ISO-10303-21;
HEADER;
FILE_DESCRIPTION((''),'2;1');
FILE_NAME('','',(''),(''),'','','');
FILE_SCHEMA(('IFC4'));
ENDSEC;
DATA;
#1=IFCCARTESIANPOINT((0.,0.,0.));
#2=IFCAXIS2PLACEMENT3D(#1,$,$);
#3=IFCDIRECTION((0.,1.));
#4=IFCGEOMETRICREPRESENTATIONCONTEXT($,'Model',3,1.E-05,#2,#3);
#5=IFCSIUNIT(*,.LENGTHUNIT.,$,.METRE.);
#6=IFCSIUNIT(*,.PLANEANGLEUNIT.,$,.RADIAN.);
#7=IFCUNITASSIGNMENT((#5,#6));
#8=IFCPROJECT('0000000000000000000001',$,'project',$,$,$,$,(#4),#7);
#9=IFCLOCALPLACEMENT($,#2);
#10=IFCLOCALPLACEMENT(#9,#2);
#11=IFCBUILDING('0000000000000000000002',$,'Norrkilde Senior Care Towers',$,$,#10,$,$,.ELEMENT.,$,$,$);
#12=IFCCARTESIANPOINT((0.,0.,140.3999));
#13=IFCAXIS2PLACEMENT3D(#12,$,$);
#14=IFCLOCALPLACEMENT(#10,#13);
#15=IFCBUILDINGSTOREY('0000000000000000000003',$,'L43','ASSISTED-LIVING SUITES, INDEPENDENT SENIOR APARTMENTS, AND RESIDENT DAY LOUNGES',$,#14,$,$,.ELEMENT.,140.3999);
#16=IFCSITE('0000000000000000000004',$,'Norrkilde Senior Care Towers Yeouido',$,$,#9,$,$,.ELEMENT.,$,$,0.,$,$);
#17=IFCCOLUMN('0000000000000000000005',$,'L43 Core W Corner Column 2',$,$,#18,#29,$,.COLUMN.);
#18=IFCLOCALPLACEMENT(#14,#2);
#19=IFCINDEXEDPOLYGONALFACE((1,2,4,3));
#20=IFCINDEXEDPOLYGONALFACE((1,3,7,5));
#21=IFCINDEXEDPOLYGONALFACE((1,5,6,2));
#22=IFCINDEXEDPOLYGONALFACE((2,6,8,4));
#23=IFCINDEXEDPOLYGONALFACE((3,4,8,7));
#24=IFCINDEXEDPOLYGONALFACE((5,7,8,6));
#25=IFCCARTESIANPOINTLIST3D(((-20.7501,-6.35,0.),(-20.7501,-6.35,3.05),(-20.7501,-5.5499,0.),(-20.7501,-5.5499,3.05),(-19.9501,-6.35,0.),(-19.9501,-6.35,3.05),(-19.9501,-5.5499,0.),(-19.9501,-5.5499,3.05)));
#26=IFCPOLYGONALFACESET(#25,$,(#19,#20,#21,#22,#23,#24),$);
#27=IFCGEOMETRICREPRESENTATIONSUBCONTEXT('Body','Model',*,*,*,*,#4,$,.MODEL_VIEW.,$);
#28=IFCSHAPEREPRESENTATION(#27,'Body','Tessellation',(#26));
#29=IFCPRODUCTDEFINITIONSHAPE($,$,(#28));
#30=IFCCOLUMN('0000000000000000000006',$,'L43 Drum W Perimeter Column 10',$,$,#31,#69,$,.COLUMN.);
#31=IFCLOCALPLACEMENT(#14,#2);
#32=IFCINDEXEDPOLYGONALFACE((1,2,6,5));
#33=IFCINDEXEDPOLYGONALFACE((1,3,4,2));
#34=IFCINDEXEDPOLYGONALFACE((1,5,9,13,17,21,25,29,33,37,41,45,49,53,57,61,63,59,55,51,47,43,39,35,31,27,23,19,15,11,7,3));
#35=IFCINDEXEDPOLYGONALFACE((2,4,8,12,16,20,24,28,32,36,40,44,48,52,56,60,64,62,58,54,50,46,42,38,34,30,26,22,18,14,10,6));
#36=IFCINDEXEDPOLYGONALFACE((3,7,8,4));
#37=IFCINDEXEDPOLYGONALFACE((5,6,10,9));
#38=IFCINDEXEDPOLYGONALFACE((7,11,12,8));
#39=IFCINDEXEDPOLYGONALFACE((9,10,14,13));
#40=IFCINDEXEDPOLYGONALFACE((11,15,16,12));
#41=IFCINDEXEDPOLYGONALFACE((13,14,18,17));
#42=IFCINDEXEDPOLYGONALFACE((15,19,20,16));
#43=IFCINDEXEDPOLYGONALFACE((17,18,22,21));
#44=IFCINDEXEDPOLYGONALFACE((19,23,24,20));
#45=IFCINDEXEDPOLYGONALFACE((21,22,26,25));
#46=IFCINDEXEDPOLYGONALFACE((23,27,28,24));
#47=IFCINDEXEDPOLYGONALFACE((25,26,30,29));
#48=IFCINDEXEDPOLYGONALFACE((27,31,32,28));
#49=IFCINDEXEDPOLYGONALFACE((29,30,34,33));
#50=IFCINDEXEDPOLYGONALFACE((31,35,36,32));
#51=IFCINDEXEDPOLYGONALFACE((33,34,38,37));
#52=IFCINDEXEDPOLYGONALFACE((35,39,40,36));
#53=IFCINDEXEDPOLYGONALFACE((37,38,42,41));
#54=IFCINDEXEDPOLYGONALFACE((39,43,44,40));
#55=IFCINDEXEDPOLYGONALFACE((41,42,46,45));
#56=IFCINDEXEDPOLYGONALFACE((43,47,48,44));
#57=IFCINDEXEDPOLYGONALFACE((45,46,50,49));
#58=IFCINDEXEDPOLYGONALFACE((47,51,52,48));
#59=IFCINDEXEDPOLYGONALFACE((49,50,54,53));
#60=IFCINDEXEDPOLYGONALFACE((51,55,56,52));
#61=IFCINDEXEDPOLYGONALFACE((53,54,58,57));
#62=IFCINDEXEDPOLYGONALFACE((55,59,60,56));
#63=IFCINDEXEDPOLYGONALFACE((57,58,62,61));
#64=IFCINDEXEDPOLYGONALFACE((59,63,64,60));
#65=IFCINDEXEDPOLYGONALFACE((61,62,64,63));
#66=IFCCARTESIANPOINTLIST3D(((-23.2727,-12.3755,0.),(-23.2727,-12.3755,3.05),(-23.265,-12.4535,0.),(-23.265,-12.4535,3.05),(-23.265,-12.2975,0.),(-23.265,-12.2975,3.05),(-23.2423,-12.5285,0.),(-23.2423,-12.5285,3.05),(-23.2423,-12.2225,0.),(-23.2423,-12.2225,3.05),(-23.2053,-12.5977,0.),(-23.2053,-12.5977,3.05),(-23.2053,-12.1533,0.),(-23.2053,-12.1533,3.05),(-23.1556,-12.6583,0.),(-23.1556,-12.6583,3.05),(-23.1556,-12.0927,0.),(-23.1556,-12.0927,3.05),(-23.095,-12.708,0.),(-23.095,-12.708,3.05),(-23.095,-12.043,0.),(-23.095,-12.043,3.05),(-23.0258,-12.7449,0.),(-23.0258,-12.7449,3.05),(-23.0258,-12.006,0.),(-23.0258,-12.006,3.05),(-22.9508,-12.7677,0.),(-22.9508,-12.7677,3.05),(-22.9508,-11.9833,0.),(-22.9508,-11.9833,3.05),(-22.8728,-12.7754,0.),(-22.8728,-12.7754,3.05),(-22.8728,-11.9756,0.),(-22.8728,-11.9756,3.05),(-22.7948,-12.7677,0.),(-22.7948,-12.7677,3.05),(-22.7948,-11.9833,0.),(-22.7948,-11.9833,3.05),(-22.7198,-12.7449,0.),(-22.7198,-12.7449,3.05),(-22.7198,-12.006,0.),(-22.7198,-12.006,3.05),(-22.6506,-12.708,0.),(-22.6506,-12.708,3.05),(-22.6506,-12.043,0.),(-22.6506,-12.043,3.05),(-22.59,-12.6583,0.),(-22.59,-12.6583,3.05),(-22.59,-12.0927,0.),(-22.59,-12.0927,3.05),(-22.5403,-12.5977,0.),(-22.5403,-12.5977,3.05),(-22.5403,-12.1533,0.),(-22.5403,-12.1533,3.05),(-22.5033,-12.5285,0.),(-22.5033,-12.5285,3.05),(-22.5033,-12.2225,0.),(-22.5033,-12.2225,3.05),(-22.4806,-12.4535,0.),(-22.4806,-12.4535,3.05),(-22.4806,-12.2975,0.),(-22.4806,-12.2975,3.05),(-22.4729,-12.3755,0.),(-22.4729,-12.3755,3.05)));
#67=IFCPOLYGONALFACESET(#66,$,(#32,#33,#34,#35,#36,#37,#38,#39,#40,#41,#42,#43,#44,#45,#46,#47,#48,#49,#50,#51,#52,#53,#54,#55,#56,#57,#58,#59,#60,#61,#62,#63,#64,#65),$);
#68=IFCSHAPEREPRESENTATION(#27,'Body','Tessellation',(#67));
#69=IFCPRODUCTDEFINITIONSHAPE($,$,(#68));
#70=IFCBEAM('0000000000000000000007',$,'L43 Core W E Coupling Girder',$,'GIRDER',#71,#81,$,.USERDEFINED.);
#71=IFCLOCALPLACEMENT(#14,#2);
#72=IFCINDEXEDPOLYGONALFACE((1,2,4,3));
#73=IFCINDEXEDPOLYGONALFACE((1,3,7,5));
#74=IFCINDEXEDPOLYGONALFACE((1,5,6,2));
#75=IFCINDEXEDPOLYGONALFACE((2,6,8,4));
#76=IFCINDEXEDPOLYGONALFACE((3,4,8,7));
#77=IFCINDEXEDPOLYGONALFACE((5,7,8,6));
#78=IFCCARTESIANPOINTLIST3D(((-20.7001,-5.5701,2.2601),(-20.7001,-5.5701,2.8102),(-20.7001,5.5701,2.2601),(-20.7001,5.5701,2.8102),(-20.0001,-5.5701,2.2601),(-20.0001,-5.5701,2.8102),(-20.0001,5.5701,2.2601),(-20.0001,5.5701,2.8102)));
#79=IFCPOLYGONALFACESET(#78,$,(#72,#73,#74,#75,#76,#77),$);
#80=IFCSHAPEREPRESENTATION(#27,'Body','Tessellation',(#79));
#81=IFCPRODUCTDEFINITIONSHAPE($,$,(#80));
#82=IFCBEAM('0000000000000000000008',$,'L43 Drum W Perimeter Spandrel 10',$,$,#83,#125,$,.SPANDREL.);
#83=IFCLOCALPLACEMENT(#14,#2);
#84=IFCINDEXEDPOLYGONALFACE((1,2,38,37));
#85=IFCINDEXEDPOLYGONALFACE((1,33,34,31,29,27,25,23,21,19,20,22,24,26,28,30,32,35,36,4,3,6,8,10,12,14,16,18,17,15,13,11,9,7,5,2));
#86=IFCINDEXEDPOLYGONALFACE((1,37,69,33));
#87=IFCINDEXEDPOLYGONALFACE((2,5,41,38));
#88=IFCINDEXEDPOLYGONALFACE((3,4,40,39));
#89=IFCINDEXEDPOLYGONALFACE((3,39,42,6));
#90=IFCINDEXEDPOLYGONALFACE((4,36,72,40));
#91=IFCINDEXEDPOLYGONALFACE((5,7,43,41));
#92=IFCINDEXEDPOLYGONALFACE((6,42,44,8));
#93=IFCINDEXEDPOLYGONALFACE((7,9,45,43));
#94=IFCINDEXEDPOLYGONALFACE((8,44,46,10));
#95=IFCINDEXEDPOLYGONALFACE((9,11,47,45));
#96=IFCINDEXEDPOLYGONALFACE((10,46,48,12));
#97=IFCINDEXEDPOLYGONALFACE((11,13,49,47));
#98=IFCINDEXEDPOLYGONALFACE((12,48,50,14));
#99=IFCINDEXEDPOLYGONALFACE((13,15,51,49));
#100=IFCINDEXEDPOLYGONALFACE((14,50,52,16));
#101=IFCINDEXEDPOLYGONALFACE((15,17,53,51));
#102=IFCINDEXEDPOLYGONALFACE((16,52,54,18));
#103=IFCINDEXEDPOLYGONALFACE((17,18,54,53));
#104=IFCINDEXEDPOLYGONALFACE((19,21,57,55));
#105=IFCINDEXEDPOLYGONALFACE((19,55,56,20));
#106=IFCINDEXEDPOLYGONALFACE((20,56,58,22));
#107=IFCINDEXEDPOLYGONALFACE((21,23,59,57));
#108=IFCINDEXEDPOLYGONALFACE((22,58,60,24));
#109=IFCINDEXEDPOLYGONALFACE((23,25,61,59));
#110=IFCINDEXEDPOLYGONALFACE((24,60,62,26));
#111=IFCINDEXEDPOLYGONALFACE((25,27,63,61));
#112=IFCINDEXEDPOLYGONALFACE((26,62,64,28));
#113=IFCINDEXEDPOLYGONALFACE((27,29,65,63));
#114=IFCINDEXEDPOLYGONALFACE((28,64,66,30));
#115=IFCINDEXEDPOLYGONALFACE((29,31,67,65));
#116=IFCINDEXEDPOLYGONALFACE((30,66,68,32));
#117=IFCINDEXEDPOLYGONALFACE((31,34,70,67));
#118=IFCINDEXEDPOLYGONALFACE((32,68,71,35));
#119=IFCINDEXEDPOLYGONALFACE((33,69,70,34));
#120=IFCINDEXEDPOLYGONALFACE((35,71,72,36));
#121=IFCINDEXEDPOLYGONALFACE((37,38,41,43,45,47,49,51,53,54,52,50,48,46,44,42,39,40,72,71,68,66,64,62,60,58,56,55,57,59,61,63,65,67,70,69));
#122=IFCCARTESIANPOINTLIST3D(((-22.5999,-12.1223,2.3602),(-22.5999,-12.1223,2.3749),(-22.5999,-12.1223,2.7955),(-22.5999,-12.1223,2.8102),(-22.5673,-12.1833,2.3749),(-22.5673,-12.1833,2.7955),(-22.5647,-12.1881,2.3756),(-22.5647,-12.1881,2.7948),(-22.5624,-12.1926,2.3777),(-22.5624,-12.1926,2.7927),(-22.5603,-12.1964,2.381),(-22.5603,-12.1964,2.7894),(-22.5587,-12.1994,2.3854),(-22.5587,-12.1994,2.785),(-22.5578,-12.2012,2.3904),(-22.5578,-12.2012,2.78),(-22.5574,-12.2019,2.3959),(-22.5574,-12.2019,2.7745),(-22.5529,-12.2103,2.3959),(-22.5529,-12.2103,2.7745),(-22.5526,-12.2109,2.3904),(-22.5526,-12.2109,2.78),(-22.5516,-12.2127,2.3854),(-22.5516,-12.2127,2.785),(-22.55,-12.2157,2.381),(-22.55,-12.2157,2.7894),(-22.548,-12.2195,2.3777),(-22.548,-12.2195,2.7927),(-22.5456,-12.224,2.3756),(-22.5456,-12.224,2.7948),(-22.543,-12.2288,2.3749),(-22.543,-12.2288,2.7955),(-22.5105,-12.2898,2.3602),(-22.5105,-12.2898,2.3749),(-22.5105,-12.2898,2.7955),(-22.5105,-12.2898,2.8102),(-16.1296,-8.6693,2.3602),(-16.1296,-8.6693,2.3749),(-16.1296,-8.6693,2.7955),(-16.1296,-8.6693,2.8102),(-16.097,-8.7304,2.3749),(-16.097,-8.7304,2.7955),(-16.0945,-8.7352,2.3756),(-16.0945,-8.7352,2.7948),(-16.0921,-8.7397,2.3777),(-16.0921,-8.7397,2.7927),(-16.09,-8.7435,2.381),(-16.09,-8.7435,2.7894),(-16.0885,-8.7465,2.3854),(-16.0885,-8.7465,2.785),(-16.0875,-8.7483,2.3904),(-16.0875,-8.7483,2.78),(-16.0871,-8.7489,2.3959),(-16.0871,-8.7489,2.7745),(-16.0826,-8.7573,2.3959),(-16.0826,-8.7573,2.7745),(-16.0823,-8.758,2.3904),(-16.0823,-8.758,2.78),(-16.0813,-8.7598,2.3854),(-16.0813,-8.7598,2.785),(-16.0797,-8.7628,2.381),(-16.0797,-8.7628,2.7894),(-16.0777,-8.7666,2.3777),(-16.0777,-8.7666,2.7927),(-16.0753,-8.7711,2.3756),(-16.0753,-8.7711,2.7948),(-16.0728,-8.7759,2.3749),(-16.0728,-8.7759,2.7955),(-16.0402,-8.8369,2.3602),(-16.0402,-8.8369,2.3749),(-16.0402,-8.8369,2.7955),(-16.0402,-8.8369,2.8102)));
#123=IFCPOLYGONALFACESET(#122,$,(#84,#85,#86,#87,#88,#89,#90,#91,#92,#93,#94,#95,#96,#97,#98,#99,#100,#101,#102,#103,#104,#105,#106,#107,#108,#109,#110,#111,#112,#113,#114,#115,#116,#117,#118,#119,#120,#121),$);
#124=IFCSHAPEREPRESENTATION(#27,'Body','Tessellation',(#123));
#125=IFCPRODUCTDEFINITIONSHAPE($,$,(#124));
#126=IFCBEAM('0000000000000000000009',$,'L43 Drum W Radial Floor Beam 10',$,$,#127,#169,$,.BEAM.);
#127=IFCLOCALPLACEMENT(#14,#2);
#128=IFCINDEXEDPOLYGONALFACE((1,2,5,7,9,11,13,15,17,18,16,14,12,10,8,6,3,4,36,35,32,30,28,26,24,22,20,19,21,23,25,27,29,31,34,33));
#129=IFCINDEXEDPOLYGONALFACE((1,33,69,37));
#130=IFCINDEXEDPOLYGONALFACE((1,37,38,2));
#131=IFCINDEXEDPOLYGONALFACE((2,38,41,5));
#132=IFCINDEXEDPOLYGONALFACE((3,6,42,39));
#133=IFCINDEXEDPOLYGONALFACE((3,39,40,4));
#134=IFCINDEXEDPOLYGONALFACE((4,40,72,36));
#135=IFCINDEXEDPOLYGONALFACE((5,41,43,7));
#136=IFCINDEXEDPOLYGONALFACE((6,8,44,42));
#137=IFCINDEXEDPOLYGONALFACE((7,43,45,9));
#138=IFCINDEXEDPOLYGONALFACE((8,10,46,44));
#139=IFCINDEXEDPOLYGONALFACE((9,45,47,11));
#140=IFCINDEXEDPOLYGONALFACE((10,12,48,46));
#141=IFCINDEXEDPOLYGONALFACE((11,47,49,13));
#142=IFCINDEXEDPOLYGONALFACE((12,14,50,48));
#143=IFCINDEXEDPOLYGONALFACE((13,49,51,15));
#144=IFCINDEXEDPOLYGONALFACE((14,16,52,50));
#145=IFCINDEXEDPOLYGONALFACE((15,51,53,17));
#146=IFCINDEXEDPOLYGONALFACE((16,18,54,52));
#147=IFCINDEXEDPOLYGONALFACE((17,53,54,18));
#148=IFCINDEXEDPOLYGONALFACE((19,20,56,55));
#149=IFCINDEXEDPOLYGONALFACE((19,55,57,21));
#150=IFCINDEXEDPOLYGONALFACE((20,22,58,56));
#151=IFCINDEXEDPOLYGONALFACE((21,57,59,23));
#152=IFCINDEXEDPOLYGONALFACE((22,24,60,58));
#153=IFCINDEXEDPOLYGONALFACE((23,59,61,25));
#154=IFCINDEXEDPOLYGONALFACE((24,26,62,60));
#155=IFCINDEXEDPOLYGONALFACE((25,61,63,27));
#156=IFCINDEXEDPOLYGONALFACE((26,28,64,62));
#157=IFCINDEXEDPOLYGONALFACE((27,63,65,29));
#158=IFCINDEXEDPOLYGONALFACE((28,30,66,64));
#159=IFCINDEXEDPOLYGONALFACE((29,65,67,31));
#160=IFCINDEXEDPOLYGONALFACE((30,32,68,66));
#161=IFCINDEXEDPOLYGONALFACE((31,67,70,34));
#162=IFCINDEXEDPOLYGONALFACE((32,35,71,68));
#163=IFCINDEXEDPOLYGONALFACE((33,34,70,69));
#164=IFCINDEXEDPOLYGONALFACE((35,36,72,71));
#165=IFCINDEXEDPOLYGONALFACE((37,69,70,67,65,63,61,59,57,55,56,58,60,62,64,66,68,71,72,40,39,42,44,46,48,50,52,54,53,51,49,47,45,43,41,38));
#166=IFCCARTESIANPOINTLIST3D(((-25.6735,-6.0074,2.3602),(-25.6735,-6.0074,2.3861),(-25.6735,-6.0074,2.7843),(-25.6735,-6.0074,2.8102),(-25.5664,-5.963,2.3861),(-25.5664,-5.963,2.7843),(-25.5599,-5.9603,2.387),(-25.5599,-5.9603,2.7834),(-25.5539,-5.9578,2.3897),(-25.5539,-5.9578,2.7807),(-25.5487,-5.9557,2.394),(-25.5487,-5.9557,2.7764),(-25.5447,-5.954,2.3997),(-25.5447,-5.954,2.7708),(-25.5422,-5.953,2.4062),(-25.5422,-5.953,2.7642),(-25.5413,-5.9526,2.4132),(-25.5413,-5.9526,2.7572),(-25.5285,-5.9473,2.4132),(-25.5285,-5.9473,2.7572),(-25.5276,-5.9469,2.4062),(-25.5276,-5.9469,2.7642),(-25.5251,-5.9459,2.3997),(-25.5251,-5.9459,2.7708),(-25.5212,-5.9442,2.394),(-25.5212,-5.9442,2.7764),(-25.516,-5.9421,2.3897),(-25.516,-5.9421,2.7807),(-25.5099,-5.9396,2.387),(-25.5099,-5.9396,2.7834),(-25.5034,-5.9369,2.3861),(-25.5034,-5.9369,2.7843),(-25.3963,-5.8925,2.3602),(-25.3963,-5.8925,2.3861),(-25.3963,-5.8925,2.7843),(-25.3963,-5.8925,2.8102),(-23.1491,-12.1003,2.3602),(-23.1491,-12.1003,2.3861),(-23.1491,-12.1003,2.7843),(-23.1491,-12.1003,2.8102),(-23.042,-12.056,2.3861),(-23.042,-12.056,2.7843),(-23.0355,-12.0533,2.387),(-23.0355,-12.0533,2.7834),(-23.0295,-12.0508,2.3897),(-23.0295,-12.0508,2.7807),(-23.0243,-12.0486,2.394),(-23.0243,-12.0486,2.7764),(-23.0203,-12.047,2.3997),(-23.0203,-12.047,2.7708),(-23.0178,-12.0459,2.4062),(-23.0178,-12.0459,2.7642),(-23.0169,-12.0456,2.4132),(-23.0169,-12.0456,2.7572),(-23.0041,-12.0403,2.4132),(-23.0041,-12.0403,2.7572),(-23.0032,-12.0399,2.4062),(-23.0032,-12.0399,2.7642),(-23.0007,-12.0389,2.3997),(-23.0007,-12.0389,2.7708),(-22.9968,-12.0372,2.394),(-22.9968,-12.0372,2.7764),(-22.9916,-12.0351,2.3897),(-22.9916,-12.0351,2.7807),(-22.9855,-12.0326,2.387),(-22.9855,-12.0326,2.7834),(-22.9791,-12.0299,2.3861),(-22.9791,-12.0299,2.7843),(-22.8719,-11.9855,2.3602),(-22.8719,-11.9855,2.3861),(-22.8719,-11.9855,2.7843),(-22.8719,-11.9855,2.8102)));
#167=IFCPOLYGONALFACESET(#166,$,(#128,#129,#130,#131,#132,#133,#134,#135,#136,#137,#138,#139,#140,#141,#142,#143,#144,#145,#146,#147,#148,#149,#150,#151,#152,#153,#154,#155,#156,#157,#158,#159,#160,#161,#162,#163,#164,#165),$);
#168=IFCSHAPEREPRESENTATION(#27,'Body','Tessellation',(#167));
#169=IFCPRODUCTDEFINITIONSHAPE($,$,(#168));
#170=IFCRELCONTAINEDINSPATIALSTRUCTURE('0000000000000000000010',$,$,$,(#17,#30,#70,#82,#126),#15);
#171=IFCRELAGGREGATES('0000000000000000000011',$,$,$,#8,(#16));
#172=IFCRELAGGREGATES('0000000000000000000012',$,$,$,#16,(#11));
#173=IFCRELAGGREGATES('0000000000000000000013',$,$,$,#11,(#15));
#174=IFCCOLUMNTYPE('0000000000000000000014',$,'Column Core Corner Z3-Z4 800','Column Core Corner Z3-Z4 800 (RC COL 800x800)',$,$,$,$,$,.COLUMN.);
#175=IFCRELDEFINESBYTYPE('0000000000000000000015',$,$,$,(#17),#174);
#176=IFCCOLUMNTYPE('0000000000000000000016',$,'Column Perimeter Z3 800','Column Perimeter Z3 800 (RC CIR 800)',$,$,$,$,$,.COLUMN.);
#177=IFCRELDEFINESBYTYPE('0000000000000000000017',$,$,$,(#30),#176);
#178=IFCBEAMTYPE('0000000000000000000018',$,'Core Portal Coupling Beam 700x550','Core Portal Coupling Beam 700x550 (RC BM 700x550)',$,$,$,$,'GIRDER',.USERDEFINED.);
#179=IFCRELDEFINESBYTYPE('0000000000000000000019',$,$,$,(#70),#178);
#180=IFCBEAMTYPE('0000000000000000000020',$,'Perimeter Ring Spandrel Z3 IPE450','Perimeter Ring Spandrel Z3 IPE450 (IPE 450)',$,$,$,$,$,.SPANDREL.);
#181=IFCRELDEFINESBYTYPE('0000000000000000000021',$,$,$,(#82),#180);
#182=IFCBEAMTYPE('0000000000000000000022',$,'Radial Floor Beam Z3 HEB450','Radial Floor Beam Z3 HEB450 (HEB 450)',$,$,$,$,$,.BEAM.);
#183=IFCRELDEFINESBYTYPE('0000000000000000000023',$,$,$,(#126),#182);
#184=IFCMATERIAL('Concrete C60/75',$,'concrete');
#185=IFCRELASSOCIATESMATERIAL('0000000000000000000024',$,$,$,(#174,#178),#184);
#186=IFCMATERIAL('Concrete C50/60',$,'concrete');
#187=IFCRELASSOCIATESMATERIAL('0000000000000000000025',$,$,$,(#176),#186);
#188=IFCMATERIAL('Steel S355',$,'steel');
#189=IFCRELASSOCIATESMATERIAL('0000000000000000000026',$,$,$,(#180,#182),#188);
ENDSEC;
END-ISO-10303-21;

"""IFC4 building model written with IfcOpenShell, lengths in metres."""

from ifc_helpers import new_model, si_unit, direction, frame, origin, origin_2d, place, context, subcontext, project, spatial, rectangle, circle, i_section, extrude, source, transform, mapped, material, material_profile, profile_set, type_object, type_shapes, element, save


model = new_model("IFC4")

# Units and contexts
model_context = context("Model", 3, precision=1e-05, world=origin(), true_north=direction((0.0, 1.0)))
body_context = subcontext(model_context, "Body", "Model", "MODEL_VIEW")
ifc_project = project(units=[si_unit("LENGTHUNIT", "METRE"), si_unit("PLANEANGLEUNIT", "RADIAN")], contexts=[model_context])

# Site, building, storey
site_placement = place(None, origin())
site = spatial("IfcSite", under=ifc_project, at=site_placement, Name="Norrkilde Senior Care Towers Yeouido", CompositionType="ELEMENT", RefElevation=0.0)
building_placement = place(site_placement, origin())
building = spatial("IfcBuilding", under=site, at=building_placement, Name="Norrkilde Senior Care Towers", CompositionType="ELEMENT")
storey_placement = place(building_placement, frame((0.0, 0.0, 140.3999)))
storey = spatial("IfcBuildingStorey", under=building, at=storey_placement, Name="L43", Description="ASSISTED-LIVING SUITES, INDEPENDENT SENIOR APARTMENTS, AND RESIDENT DAY LOUNGES", CompositionType="ELEMENT", Elevation=140.3999)

# Columns
ifc_material_1 = material(Name="Concrete C60/75", Category="concrete")
ifc_material_profile_1 = material_profile(ifc_material_1, rectangle(XDim=0.8, YDim=0.8, at=origin_2d()), Name="RC COL 800x800")
ifc_profile_set_1 = profile_set([ifc_material_profile_1], Name="Concrete C60/75")
column_type_1 = type_object("IfcColumnType", Name="Column Core Corner Z3-Z4 800", Description="Column Core Corner Z3-Z4 800 (RC COL 800x800)", PredefinedType="COLUMN", material=ifc_profile_set_1)
shared_shape_1 = source(origin(), body_context, "Body", "SweptSolid", [
    extrude(rectangle(XDim=0.8, YDim=0.8, at=origin_2d()), origin(), (0.0, 0.0, 1.0), 3.05),
])
type_shapes(column_type_1, [shared_shape_1])
column_1_placement = place(storey_placement, frame((-20.3501, -5.95, 0.0), z_axis=(0.0, 0.0, 1.0), x_axis=(1.0, 0.0, 0.0)))
element("IfcColumn", 1, at=column_1_placement, inside=storey, type_object=column_type_1, Name="L43 Core W Corner Column 2", PredefinedType="COLUMN", context=body_context, shape_type="MappedRepresentation", body=[
    mapped(shared_shape_1, transform((0.0, 0.0, 0.0), x_axis=(1.0, 0.0, 0.0), y_axis=(0.0, 1.0, 0.0), z_axis=(0.0, 0.0, 1.0), scale=1.0)),
])
ifc_material_2 = material(Name="Concrete C50/60", Category="concrete")
ifc_material_profile_2 = material_profile(ifc_material_2, circle(Radius=0.3999, at=origin_2d()), Name="RC CIR 800")
ifc_profile_set_2 = profile_set([ifc_material_profile_2], Name="Concrete C50/60")
column_type_2 = type_object("IfcColumnType", Name="Column Perimeter Z3 800", Description="Column Perimeter Z3 800 (RC CIR 800)", PredefinedType="COLUMN", material=ifc_profile_set_2)
shared_shape_2 = source(origin(), body_context, "Body", "SweptSolid", [
    extrude(circle(Radius=0.3999, at=origin_2d()), origin(), (0.0, 0.0, 1.0), 3.05),
])
type_shapes(column_type_2, [shared_shape_2])
column_2_placement = place(storey_placement, frame((-22.8728, -12.3755, 0.0), z_axis=(0.0, 0.0, 1.0), x_axis=(1.0, 0.0, 0.0)))
element("IfcColumn", 2, at=column_2_placement, inside=storey, type_object=column_type_2, Name="L43 Drum W Perimeter Column 10", PredefinedType="COLUMN", context=body_context, shape_type="MappedRepresentation", body=[
    mapped(shared_shape_2, transform((0.0, 0.0, 0.0), x_axis=(1.0, 0.0, 0.0), y_axis=(0.0, 1.0, 0.0), z_axis=(0.0, 0.0, 1.0), scale=1.0)),
])

# Beams
ifc_material_profile_3 = material_profile(ifc_material_1, rectangle(XDim=0.7, YDim=0.55, at=origin_2d()), Name="RC BM 700x550")
ifc_profile_set_3 = profile_set([ifc_material_profile_3], Name="Concrete C60/75")
beam_type_1 = type_object("IfcBeamType", Name="Core Portal Coupling Beam 700x550", Description="Core Portal Coupling Beam 700x550 (RC BM 700x550)", ElementType="GIRDER", PredefinedType="USERDEFINED", material=ifc_profile_set_3)
shared_shape_3 = source(origin(), body_context, "Body", "SweptSolid", [
    extrude(rectangle(XDim=0.7, YDim=0.55, at=origin_2d()), origin(), (0.0, 0.0, 1.0), 11.1401),
])
type_shapes(beam_type_1, [shared_shape_3])
beam_1_placement = place(storey_placement, frame((-20.3501, -5.5701, 2.5352), z_axis=(0.0, 1.0, 0.0), x_axis=(-1.0, 0.0, 0.0)))
element("IfcBeam", 3, at=beam_1_placement, inside=storey, type_object=beam_type_1, Name="L43 Core W E Coupling Girder", ObjectType="GIRDER", PredefinedType="USERDEFINED", context=body_context, shape_type="MappedRepresentation", body=[
    mapped(shared_shape_3, transform((0.0, 0.0, 0.0), x_axis=(1.0, 0.0, 0.0), y_axis=(0.0, 1.0, 0.0), z_axis=(0.0, 0.0, 1.0), scale=1.0)),
])
ifc_material_3 = material(Name="Steel S355", Category="steel")
ifc_material_profile_4 = material_profile(ifc_material_3, i_section(OverallWidth=0.1899, OverallDepth=0.45, WebThickness=0.0095, FlangeThickness=0.0146, FilletRadius=0.021, at=origin_2d()), Name="IPE 450")
ifc_profile_set_4 = profile_set([ifc_material_profile_4], Name="Steel S355")
beam_type_2 = type_object("IfcBeamType", Name="Perimeter Ring Spandrel Z3 IPE450", Description="Perimeter Ring Spandrel Z3 IPE450 (IPE 450)", PredefinedType="SPANDREL", material=ifc_profile_set_4)
shared_shape_4 = source(origin(), body_context, "Body", "SweptSolid", [
    extrude(i_section(OverallWidth=0.1899, OverallDepth=0.45, WebThickness=0.0095, FlangeThickness=0.0146, FilletRadius=0.021, at=origin_2d()), origin(), (0.0, 0.0, 1.0), 7.334),
])
type_shapes(beam_type_2, [shared_shape_4])
beam_2_placement = place(storey_placement, frame((-22.5552, -12.2061, 2.5852), z_axis=(0.882234, 0.470811, 0.0), x_axis=(-0.470811, 0.882234, 0.0)))
element("IfcBeam", 4, at=beam_2_placement, inside=storey, type_object=beam_type_2, Name="L43 Drum W Perimeter Spandrel 10", PredefinedType="SPANDREL", context=body_context, shape_type="MappedRepresentation", body=[
    mapped(shared_shape_4, transform((0.0, 0.0, 0.0), x_axis=(1.0, 0.0, 0.0), y_axis=(0.0, 1.0, 0.0), z_axis=(0.0, 0.0, 1.0), scale=1.0)),
])
ifc_material_profile_5 = material_profile(ifc_material_3, i_section(OverallWidth=0.3, OverallDepth=0.45, WebThickness=0.0139, FlangeThickness=0.0259, FilletRadius=0.0271, at=origin_2d()), Name="HEB 450")
ifc_profile_set_5 = profile_set([ifc_material_profile_5], Name="Steel S355")
beam_type_3 = type_object("IfcBeamType", Name="Radial Floor Beam Z3 HEB450", Description="Radial Floor Beam Z3 HEB450 (HEB 450)", PredefinedType="BEAM", material=ifc_profile_set_5)
shared_shape_5 = source(origin(), body_context, "Body", "SweptSolid", [
    extrude(i_section(OverallWidth=0.3, OverallDepth=0.45, WebThickness=0.0139, FlangeThickness=0.0259, FilletRadius=0.0271, at=origin_2d()), origin(), (0.0, 0.0, 1.0), 6.5952),
])
beam_3_placement = place(storey_placement, frame((-25.5349, -5.95, 2.5852), z_axis=(0.382762, -0.923847, 0.0), x_axis=(0.923847, 0.382762, 0.0)))
element("IfcBeam", 5, at=beam_3_placement, inside=storey, type_object=beam_type_3, Name="L43 Drum W Radial Floor Beam 10", PredefinedType="BEAM", context=body_context, shape_type="MappedRepresentation", body=[
    mapped(shared_shape_5, transform((0.0, 0.0, 0.0), x_axis=(1.0, 0.0, 0.0), y_axis=(0.0, 1.0, 0.0), z_axis=(0.0, 0.0, 1.0), scale=1.0)),
])

save(model, "model.ifc")
